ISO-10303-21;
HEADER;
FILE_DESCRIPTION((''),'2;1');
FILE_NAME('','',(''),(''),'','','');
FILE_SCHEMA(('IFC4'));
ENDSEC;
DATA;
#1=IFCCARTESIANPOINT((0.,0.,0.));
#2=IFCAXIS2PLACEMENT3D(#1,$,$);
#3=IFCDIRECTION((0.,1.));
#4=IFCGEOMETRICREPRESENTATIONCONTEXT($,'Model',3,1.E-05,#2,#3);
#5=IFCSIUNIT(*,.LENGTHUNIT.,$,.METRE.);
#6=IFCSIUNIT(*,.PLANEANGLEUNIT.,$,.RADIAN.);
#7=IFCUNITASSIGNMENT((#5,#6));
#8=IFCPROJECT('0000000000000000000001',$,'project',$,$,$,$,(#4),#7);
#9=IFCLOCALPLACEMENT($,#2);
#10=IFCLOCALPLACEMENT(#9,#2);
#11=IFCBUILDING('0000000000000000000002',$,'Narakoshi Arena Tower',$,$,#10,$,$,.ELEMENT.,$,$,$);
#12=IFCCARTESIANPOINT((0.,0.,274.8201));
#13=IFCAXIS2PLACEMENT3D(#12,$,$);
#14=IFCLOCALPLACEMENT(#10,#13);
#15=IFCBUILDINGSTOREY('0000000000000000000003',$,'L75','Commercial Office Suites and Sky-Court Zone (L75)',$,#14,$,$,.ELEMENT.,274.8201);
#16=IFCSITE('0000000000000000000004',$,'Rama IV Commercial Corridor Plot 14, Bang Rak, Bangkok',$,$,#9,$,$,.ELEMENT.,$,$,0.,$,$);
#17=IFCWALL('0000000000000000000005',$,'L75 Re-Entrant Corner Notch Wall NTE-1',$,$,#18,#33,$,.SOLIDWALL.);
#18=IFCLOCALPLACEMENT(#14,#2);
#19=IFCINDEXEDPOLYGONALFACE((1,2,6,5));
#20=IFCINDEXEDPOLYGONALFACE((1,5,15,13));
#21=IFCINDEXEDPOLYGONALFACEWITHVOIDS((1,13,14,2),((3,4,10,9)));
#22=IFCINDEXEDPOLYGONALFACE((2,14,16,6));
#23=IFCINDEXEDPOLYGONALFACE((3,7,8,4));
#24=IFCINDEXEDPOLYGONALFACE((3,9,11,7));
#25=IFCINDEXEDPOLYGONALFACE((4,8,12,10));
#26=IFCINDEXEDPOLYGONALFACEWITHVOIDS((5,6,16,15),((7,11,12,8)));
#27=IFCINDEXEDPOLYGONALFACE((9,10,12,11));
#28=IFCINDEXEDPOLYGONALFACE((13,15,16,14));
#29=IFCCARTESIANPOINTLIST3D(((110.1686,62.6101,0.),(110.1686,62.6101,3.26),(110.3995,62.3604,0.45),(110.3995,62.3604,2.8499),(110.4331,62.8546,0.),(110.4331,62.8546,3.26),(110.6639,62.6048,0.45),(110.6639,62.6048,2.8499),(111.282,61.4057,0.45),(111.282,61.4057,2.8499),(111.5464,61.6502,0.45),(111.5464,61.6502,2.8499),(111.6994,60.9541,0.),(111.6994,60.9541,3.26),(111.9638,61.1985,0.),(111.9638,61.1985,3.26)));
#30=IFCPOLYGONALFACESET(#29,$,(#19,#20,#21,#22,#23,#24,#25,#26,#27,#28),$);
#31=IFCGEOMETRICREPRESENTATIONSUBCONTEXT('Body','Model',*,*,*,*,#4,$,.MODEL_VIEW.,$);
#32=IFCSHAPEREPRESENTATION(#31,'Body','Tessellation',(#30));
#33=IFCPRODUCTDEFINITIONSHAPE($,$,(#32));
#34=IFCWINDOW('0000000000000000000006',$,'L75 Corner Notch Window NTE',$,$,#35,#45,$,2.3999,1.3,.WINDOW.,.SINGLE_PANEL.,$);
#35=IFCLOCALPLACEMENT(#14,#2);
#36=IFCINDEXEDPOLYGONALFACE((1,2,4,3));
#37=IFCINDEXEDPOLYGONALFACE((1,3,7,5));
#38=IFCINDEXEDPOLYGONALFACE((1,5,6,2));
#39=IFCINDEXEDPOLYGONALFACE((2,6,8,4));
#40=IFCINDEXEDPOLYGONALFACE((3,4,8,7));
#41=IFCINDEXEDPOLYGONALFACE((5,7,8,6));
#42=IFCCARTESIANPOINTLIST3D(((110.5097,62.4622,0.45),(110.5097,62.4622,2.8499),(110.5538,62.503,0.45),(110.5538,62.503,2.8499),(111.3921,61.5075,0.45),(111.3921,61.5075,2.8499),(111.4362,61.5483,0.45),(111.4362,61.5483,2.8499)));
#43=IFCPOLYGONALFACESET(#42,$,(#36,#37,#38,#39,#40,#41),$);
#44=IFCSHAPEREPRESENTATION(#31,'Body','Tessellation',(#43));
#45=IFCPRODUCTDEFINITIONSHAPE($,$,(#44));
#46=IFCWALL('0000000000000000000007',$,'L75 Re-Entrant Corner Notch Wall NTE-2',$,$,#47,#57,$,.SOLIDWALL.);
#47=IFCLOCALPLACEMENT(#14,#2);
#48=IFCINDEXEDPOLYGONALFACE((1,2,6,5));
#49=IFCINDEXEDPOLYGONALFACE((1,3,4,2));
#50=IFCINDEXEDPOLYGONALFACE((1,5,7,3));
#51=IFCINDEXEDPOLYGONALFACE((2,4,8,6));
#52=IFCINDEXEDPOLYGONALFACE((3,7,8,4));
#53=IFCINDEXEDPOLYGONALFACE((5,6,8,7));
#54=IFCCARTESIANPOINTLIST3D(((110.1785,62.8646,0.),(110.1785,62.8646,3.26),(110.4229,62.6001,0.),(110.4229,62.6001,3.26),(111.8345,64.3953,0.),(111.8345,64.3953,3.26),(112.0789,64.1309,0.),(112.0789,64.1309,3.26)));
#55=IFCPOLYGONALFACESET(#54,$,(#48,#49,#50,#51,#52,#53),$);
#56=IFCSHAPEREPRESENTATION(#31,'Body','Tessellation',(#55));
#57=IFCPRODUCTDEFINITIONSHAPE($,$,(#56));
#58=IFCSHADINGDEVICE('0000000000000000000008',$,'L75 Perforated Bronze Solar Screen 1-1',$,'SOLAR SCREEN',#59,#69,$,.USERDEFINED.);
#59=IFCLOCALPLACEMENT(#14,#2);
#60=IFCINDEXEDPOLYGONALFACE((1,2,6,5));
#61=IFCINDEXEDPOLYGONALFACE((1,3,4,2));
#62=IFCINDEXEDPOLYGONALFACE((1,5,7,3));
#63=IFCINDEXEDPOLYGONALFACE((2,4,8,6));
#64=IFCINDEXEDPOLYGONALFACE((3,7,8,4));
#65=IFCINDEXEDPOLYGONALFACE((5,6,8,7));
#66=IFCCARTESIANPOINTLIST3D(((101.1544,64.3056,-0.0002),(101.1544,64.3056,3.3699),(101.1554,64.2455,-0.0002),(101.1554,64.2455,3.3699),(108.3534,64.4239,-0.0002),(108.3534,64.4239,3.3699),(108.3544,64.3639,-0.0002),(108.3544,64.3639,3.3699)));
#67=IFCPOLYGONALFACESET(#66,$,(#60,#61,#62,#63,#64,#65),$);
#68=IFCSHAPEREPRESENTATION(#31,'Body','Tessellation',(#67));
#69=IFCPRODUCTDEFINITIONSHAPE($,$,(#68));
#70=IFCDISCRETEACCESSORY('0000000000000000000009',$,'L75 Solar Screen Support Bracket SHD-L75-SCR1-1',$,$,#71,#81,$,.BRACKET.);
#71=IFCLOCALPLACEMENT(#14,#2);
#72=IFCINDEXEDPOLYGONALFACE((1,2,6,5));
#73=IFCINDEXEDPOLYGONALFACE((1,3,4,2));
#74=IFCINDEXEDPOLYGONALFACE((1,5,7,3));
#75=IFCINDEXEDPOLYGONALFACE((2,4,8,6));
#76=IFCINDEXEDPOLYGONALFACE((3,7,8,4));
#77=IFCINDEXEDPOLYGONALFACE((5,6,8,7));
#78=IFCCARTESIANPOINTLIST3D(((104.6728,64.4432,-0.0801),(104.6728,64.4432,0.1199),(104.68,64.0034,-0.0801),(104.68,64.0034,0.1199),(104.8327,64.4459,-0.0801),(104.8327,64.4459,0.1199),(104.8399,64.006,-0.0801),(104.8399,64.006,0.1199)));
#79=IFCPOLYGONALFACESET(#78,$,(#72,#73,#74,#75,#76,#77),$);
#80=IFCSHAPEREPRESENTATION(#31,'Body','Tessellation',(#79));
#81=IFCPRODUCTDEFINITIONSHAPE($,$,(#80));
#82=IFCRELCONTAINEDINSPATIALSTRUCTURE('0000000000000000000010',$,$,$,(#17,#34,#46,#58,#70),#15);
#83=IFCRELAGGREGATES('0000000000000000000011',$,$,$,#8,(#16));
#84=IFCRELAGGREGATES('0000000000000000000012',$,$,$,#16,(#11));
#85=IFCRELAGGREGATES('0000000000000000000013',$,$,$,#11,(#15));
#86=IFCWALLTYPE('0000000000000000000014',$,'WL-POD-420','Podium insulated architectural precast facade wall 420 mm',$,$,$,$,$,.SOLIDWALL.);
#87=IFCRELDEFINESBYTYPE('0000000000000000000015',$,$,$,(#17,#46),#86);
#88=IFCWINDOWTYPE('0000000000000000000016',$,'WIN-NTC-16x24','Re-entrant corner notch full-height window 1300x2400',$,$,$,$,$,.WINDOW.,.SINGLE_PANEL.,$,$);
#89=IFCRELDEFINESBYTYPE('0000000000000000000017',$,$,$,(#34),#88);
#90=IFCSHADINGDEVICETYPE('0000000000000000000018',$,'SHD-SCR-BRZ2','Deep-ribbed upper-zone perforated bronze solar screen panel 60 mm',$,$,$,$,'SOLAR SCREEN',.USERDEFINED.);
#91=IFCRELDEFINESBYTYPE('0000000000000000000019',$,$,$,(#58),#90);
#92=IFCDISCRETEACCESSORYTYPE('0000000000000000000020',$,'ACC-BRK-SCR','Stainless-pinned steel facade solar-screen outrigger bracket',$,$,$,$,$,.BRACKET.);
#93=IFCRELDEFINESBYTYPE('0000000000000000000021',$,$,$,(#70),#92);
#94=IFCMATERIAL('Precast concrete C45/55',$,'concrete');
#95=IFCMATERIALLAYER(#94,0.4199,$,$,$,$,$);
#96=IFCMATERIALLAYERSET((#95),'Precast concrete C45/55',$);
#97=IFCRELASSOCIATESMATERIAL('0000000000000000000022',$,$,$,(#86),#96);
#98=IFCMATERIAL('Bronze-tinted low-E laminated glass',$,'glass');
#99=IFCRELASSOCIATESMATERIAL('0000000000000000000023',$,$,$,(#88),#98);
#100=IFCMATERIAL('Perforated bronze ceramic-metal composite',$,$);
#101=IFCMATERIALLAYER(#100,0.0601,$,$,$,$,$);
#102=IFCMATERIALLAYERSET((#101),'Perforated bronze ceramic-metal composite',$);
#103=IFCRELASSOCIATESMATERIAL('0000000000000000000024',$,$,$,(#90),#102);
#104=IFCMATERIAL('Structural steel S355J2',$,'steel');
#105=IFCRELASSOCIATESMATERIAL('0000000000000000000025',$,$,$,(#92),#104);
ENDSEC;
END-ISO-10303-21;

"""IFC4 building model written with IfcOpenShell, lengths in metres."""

from ifc_helpers import new_model, si_unit, direction, frame, frame_2d, origin, origin_2d, place, context, subcontext, project, spatial, rectangle, extrude, material, layer, layer_set, type_object, element, fill, save


model = new_model("IFC4")

# Units and contexts
model_context = context("Model", 3, precision=1e-05, world=origin(), true_north=direction((0.0, 1.0)))
body_context = subcontext(model_context, "Body", "Model", "MODEL_VIEW")
ifc_project = project(units=[si_unit("LENGTHUNIT", "METRE"), si_unit("PLANEANGLEUNIT", "RADIAN")], contexts=[model_context])

# Site, building, storey
site_placement = place(None, origin())
site = spatial("IfcSite", under=ifc_project, at=site_placement, Name="Rama IV Commercial Corridor Plot 14, Bang Rak, Bangkok", CompositionType="ELEMENT", RefElevation=0.0)
building_placement = place(site_placement, origin())
building = spatial("IfcBuilding", under=site, at=building_placement, Name="Narakoshi Arena Tower", CompositionType="ELEMENT")
storey_placement = place(building_placement, frame((0.0, 0.0, 274.8201)))
storey = spatial("IfcBuildingStorey", under=building, at=storey_placement, Name="L75", Description="Commercial Office Suites and Sky-Court Zone (L75)", CompositionType="ELEMENT", Elevation=274.8201)

# Shared definitions
ifc_material_1 = material(Name="Structural steel S355J2", Category="steel")

# Shared definitions
ifc_material_2 = material(Name="Bronze-tinted low-E laminated glass", Category="glass")

# Shared definitions
ifc_material_3 = material(Name="Precast concrete C45/55", Category="concrete")

# Wall, opening, window
ifc_layer_1 = layer(ifc_material_3, 0.4199)
ifc_layer_set_1 = layer_set([ifc_layer_1], Name="Precast concrete C45/55")
wall_type_1 = type_object("IfcWallType", Name="WL-POD-420", Description="Podium insulated architectural precast facade wall 420 mm", PredefinedType="SOLIDWALL", material=ifc_layer_set_1)
wall_1_placement = place(storey_placement, frame((111.8315, 61.0764, 0.0), z_axis=(0.0, 0.0, 1.0), x_axis=(-0.678793, 0.73433, 0.0)))
wall_1 = element("IfcWall", 1, at=wall_1_placement, inside=storey, type_object=wall_type_1, Name="L75 Re-Entrant Corner Notch Wall NTE-1", PredefinedType="SOLIDWALL", context=body_context, shape_type="SweptSolid", body=[
    extrude(rectangle(XDim=2.2551, YDim=0.3601, at=frame_2d((1.1274, 0.0))), origin(), (0.0, 0.0, 1.0), 3.26),
])
opening_1_placement = place(wall_1_placement, frame((0.615, 0.0, 0.45)))
opening_1 = element("IfcOpeningElement", 2, at=opening_1_placement, cuts=wall_1, PredefinedType="OPENING", context=body_context, shape_type="SweptSolid", body=[
    extrude(rectangle(XDim=1.3, YDim=2.3999, at=frame_2d((0.6499, 1.2))), frame((0.0, 0.1899, 0.0), z_axis=(0.0, -1.0, 0.0), x_axis=(1.0, 0.0, 0.0)), (0.0, 0.0, 1.0), 0.3801),
])
window_type_1 = type_object("IfcWindowType", Name="WIN-NTC-16x24", Description="Re-entrant corner notch full-height window 1300x2400", PartitioningType="SINGLE_PANEL", PredefinedType="WINDOW", material=ifc_material_2)
window_1_placement = place(opening_1_placement, origin())
window_1 = element("IfcWindow", 3, at=window_1_placement, inside=storey, type_object=window_type_1, Name="L75 Corner Notch Window NTE", OverallHeight=2.3999, OverallWidth=1.3, PartitioningType="SINGLE_PANEL", PredefinedType="WINDOW", context=body_context, shape_type="SweptSolid", body=[
    extrude(rectangle(XDim=1.3, YDim=2.3999, at=frame_2d((0.6499, 1.2))), frame((0.0, 0.03, 0.0), z_axis=(0.0, -1.0, 0.0), x_axis=(1.0, 0.0, 0.0)), (0.0, 0.0, 1.0), 0.0601),
])
fill(opening_1, window_1)

# Wall
wall_2_placement = place(storey_placement, frame((110.3008, 62.7324, 0.0), z_axis=(0.0, 0.0, 1.0), x_axis=(0.73433, 0.678793, 0.0)))
element("IfcWall", 4, at=wall_2_placement, inside=storey, type_object=wall_type_1, Name="L75 Re-Entrant Corner Notch Wall NTE-2", PredefinedType="SOLIDWALL", context=body_context, shape_type="SweptSolid", body=[
    extrude(rectangle(XDim=2.2551, YDim=0.3601, at=frame_2d((1.1274, 0.0))), origin(), (0.0, 0.0, 1.0), 3.26),
])

# Shading device
ifc_material_4 = material(Name="Perforated bronze ceramic-metal composite")
ifc_layer_2 = layer(ifc_material_4, 0.0601)
ifc_layer_set_2 = layer_set([ifc_layer_2], Name="Perforated bronze ceramic-metal composite")
shading_device_type = type_object("IfcShadingDeviceType", Name="SHD-SCR-BRZ2", Description="Deep-ribbed upper-zone perforated bronze solar screen panel 60 mm", ElementType="SOLAR SCREEN", PredefinedType="USERDEFINED", material=ifc_layer_set_2)
shading_device_placement = place(storey_placement, frame((104.7544, 64.3347, -0.0002), z_axis=(0.0, 0.0, 1.0), x_axis=(-0.999865, -0.01644, 0.0)))
element("IfcShadingDevice", 5, at=shading_device_placement, inside=storey, type_object=shading_device_type, Name="L75 Perforated Bronze Solar Screen 1-1", ObjectType="SOLAR SCREEN", PredefinedType="USERDEFINED", context=body_context, shape_type="SweptSolid", body=[
    extrude(rectangle(XDim=7.2, YDim=0.0601, at=origin_2d()), origin(), (0.0, 0.0, 1.0), 3.3701),
])

# Discrete accessory
discrete_accessory_type = type_object("IfcDiscreteAccessoryType", Name="ACC-BRK-SCR", Description="Stainless-pinned steel facade solar-screen outrigger bracket", PredefinedType="BRACKET", material=ifc_material_1)
discrete_accessory_placement = place(storey_placement, frame((104.7563, 64.2246, -0.0801), z_axis=(0.0, 0.0, 1.0), x_axis=(-0.999865, -0.01644, 0.0)))
element("IfcDiscreteAccessory", 6, at=discrete_accessory_placement, inside=storey, type_object=discrete_accessory_type, Name="L75 Solar Screen Support Bracket SHD-L75-SCR1-1", PredefinedType="BRACKET", context=body_context, shape_type="SweptSolid", body=[
    extrude(rectangle(XDim=0.1599, YDim=0.4399, at=origin_2d()), origin(), (0.0, 0.0, 1.0), 0.2),
])

save(model, "model.ifc")
